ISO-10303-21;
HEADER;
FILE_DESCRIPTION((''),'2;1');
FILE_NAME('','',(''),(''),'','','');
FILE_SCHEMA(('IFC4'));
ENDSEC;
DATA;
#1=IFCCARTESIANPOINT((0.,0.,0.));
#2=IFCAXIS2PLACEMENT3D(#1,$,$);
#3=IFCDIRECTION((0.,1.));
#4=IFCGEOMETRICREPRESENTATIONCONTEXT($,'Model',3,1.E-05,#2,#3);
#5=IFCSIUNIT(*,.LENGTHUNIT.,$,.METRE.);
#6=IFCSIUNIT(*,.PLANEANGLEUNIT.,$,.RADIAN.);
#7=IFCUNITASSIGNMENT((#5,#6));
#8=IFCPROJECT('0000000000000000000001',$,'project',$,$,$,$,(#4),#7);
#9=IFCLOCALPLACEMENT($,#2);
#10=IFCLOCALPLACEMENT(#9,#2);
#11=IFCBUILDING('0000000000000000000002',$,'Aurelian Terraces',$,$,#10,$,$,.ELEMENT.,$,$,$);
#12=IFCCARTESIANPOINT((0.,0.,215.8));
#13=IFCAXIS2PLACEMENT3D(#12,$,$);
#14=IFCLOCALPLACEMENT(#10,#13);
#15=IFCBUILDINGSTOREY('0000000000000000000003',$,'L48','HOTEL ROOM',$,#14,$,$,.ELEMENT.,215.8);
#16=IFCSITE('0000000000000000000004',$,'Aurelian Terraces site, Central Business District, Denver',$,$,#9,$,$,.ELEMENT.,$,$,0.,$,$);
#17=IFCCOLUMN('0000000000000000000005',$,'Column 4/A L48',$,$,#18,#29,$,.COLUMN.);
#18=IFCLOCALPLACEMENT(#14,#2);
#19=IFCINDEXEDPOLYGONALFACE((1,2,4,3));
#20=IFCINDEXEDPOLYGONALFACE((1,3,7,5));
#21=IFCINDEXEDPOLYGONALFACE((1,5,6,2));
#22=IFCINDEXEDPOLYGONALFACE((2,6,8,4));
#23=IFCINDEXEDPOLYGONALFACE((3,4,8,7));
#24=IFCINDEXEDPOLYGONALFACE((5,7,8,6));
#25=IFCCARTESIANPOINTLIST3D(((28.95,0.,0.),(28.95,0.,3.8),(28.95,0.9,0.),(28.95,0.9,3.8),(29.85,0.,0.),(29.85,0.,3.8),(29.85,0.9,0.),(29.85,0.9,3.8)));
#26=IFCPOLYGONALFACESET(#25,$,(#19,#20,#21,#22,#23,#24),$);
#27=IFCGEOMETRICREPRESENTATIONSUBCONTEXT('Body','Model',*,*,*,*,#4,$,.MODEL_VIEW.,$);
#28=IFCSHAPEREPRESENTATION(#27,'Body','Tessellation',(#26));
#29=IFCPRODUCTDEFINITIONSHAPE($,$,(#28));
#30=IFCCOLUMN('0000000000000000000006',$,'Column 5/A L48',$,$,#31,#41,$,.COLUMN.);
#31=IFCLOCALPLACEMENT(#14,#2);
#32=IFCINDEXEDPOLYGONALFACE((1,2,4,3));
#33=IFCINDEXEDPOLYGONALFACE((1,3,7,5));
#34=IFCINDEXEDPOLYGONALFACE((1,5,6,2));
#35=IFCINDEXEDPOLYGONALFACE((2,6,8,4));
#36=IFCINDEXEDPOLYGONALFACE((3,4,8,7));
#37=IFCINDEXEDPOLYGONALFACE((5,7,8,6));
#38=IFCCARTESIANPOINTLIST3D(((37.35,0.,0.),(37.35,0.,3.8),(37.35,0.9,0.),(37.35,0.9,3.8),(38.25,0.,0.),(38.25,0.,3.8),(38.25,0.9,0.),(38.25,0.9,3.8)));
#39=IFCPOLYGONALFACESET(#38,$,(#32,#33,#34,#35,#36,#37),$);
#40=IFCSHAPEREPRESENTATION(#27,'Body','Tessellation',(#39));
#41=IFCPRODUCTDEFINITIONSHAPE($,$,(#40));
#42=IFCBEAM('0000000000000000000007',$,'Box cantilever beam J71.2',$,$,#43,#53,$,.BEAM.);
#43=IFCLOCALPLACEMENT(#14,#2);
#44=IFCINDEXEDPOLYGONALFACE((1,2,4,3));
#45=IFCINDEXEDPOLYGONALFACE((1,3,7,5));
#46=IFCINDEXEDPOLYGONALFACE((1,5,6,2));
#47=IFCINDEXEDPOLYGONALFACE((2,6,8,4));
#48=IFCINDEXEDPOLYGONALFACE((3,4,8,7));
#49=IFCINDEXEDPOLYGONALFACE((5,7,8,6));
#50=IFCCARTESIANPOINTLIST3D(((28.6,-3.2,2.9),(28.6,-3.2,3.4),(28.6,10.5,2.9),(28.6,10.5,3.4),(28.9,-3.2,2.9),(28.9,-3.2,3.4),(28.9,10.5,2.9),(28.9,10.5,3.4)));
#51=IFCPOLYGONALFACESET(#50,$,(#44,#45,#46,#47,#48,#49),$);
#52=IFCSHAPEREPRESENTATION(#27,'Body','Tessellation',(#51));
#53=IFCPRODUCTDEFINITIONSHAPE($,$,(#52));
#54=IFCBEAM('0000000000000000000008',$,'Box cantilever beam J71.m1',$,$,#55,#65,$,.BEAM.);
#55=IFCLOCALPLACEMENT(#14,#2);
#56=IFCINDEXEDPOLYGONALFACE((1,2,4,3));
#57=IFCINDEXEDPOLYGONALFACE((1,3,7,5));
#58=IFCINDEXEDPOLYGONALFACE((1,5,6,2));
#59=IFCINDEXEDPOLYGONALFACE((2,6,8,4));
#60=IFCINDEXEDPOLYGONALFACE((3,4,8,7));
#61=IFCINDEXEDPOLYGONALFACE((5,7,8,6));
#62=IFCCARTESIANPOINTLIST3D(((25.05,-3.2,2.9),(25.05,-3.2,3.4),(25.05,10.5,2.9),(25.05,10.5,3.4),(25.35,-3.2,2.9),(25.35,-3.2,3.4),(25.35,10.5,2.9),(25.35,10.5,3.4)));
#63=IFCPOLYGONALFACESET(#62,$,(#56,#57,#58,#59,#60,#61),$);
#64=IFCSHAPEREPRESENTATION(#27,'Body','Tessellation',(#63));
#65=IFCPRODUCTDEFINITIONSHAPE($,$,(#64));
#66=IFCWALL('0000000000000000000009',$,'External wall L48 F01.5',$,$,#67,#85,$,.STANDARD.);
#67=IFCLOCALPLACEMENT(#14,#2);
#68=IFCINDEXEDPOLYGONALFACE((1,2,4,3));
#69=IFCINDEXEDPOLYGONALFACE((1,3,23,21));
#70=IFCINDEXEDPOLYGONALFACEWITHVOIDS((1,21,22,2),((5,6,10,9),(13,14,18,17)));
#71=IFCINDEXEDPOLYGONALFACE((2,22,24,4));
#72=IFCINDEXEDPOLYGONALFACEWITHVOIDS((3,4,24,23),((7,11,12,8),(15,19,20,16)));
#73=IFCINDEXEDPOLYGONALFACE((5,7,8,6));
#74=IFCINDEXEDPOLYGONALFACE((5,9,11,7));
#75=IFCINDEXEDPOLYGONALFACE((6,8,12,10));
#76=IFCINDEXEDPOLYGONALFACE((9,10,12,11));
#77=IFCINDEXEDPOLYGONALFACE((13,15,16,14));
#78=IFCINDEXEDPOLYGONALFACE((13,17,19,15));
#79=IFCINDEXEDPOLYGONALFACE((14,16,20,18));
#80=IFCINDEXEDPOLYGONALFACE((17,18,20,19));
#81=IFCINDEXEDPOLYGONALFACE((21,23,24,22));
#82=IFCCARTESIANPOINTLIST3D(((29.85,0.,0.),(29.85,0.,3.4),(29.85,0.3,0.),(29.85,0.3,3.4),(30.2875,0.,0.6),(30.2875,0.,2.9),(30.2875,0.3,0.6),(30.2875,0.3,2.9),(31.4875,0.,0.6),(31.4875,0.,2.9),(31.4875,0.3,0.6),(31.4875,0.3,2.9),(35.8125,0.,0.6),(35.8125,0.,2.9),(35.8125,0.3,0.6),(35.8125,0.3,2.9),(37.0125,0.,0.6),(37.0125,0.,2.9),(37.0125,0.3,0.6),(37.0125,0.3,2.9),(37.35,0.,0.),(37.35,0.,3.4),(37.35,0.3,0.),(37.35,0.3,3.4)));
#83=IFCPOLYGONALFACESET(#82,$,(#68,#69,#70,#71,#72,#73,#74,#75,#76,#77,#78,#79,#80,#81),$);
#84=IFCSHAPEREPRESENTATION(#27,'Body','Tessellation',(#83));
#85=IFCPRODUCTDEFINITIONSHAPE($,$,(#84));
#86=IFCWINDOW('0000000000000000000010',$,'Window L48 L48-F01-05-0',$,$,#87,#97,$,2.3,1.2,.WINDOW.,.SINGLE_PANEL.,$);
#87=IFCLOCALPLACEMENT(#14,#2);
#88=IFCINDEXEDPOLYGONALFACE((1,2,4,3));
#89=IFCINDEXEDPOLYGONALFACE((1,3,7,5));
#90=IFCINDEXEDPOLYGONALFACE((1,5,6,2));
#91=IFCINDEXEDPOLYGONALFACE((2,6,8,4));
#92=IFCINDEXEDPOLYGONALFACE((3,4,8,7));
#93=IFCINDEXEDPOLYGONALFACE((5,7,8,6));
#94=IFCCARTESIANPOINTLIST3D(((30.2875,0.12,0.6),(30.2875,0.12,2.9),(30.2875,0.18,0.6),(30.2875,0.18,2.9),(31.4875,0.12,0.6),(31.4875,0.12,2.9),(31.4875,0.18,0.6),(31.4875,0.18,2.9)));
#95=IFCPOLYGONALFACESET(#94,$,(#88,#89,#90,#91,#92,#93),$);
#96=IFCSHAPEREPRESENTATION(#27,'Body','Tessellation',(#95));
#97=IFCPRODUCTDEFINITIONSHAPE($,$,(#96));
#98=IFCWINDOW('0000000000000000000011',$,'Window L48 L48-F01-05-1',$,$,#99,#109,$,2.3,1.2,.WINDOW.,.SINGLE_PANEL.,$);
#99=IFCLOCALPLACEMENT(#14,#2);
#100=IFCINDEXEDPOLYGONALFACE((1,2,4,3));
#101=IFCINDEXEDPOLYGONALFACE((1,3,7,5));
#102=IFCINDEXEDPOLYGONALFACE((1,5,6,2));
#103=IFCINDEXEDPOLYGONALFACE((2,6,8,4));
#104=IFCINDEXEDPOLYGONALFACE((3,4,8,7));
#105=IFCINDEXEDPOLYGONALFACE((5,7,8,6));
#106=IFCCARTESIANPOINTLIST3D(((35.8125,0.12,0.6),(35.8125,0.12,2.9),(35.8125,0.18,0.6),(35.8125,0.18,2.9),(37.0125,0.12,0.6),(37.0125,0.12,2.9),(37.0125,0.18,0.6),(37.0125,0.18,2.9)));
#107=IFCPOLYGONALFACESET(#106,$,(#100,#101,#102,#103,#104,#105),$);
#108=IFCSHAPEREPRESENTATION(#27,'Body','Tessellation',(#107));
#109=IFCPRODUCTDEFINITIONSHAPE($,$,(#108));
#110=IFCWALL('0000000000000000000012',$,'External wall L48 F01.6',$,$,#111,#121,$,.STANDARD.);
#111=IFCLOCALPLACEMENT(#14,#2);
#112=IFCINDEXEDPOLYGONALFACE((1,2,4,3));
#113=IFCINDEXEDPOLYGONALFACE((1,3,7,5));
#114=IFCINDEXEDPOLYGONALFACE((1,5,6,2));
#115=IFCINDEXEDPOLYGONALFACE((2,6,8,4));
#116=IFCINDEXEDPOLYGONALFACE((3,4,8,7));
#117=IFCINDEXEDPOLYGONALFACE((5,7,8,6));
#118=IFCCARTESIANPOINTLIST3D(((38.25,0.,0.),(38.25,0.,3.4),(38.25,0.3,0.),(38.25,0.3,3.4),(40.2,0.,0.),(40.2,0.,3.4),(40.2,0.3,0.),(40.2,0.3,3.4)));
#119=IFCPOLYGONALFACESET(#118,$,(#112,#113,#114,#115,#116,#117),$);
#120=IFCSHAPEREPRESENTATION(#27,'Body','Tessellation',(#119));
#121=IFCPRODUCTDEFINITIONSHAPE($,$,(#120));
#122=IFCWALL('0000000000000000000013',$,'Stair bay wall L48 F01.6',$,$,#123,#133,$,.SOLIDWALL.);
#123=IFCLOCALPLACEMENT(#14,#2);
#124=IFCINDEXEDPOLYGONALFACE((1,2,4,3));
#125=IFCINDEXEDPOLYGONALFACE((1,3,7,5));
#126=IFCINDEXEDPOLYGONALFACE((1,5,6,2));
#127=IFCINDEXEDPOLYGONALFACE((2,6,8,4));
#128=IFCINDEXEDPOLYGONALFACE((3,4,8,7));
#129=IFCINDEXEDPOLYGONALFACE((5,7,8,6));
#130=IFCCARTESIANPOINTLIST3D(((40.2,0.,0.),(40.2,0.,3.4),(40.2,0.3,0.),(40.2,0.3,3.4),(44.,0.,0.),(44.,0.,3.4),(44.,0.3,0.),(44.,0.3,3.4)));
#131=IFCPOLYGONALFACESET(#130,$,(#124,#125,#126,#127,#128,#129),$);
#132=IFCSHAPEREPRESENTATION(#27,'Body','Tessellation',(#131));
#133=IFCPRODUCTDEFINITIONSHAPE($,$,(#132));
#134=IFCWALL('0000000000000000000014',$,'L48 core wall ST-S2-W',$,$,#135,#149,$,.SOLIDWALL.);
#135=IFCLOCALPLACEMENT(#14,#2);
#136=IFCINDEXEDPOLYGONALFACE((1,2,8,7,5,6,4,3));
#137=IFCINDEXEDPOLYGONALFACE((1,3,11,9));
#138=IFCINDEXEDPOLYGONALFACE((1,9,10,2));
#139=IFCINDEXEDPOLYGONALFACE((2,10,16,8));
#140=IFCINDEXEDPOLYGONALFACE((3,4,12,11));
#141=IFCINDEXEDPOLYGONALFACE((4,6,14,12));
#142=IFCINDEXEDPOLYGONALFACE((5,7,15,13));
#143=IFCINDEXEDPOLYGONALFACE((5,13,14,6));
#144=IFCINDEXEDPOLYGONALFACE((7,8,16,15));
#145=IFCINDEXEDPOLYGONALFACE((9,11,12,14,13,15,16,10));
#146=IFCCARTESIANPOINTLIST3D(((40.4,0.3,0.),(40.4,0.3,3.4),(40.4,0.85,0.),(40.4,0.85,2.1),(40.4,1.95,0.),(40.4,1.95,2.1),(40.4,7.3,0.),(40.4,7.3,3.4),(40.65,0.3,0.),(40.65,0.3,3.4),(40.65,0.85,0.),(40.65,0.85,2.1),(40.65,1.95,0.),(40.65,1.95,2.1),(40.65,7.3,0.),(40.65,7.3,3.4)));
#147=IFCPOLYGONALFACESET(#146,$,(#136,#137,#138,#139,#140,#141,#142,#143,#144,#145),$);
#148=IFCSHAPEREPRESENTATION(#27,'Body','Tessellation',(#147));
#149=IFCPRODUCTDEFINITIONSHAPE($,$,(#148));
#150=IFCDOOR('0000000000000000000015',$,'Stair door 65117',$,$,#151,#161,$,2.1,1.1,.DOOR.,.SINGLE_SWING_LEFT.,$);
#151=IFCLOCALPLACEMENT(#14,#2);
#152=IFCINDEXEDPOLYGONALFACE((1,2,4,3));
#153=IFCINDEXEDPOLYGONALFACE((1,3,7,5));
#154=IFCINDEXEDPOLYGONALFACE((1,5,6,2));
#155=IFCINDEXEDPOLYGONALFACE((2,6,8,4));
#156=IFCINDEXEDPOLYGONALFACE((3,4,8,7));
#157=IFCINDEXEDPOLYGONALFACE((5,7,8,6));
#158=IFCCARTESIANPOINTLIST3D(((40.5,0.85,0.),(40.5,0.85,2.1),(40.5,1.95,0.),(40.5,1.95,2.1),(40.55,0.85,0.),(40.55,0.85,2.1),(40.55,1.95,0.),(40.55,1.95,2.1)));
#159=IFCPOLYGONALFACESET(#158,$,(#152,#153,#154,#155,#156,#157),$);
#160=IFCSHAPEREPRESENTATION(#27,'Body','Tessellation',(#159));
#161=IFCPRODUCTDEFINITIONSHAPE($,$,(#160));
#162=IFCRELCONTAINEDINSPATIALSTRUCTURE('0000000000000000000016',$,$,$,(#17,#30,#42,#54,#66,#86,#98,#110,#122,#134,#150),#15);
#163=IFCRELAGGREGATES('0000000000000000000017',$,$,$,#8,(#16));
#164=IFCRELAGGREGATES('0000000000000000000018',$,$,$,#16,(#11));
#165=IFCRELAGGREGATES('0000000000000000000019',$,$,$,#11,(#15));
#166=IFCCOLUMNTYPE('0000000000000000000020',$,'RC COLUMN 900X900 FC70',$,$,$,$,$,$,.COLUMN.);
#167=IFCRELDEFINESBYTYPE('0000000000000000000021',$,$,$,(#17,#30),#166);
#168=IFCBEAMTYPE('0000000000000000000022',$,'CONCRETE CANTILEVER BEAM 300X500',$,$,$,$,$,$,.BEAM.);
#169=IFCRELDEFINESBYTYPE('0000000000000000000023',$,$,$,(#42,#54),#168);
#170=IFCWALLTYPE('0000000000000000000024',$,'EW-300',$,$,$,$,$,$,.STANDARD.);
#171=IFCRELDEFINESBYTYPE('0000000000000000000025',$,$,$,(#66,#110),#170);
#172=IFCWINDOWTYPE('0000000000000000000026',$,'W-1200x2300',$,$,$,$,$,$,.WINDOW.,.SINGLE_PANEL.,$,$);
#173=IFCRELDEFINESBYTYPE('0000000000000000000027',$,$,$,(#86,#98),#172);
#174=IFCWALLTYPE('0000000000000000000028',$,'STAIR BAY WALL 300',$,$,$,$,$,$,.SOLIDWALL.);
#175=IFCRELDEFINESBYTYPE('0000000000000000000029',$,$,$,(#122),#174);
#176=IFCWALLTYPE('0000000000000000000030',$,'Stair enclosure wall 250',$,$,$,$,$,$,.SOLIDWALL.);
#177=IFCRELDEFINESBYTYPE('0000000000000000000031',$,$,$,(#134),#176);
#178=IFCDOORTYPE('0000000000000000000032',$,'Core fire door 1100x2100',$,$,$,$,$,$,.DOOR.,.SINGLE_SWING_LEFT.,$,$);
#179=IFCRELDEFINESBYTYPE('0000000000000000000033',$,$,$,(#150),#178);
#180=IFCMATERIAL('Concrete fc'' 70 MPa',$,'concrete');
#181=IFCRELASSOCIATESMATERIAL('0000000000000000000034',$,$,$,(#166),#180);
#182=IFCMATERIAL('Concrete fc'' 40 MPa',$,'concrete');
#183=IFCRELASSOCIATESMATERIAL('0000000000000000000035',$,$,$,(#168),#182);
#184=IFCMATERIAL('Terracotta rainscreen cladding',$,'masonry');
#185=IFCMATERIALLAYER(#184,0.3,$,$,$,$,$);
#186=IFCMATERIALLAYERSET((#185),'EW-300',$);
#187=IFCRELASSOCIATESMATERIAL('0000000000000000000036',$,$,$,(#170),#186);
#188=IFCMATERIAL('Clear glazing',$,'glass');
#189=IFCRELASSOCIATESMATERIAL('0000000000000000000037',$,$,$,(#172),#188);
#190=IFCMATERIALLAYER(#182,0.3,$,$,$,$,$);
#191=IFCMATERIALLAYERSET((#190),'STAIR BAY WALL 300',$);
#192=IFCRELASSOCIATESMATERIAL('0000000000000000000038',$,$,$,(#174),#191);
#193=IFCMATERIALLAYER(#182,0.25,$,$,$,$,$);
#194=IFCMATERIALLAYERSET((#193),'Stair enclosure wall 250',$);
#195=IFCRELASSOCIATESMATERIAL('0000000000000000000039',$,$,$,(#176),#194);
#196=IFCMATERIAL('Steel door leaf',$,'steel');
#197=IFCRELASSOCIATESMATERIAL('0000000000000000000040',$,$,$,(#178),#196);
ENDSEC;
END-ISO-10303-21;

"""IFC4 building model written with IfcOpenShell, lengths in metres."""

from ifc_helpers import new_model, si_unit, direction, frame, frame_2d, origin, origin_2d, place, context, subcontext, project, spatial, rectangle, extrude, source, transform, mapped, material, layer, layer_set, material_profile, profile_set, type_object, element, fill, save


model = new_model("IFC4")

# Units and contexts
model_context = context("Model", 3, precision=1e-05, world=origin(), true_north=direction((0.0, 1.0)))
body_context = subcontext(model_context, "Body", "Model", "MODEL_VIEW")
ifc_project = project(units=[si_unit("LENGTHUNIT", "METRE"), si_unit("PLANEANGLEUNIT", "RADIAN")], contexts=[model_context])

# Site, building, storey
site_placement = place(None, origin())
site = spatial("IfcSite", under=ifc_project, at=site_placement, Name="Aurelian Terraces site, Central Business District, Denver", CompositionType="ELEMENT", RefElevation=0.0)
building_placement = place(site_placement, origin())
building = spatial("IfcBuilding", under=site, at=building_placement, Name="Aurelian Terraces", CompositionType="ELEMENT")
storey_placement = place(building_placement, frame((0.0, 0.0, 215.8)))
storey = spatial("IfcBuildingStorey", under=building, at=storey_placement, Name="L48", Description="HOTEL ROOM", CompositionType="ELEMENT", Elevation=215.8)

# Columns
ifc_material_1 = material(Name="Concrete fc' 70 MPa", Category="concrete")
ifc_material_profile_1 = material_profile(ifc_material_1, rectangle(XDim=0.9, YDim=0.9, at=origin_2d()))
ifc_profile_set_1 = profile_set([ifc_material_profile_1], Name="Concrete fc' 70 MPa")
column_type = type_object("IfcColumnType", Name="RC COLUMN 900X900 FC70", PredefinedType="COLUMN", material=ifc_profile_set_1)
shared_shape_1 = source(origin(), body_context, "Body", "SweptSolid", [
    extrude(rectangle(XDim=0.9, YDim=0.9, at=origin_2d()), origin(), (0.0, 0.0, 1.0), 3.8),
])
for number, where, z_axis, x_axis, name in (
    (1, (29.4, 0.45, 0.0), (0.0, 0.0, 1.0), (1.0, 0.0, 0.0), "Column 4/A L48"),
    (2, (37.8, 0.45, 0.0), (0.0, 0.0, 1.0), (1.0, 0.0, 0.0), "Column 5/A L48"),
):
    element("IfcColumn", number, at=place(storey_placement, frame(where, z_axis=z_axis, x_axis=x_axis)), inside=storey, type_object=column_type, Name=name, PredefinedType="COLUMN", context=body_context, shape_type="MappedRepresentation", body=[
        mapped(shared_shape_1, transform((0.0, 0.0, 0.0), scale=1.0)),
    ])

# Beams
ifc_material_2 = material(Name="Concrete fc' 40 MPa", Category="concrete")
ifc_material_profile_2 = material_profile(ifc_material_2, rectangle(XDim=0.3, YDim=0.5, at=origin_2d()))
ifc_profile_set_2 = profile_set([ifc_material_profile_2], Name="Concrete fc' 40 MPa")
beam_type = type_object("IfcBeamType", Name="CONCRETE CANTILEVER BEAM 300X500", PredefinedType="BEAM", material=ifc_profile_set_2)
shared_shape_2 = source(origin(), body_context, "Body", "SweptSolid", [
    extrude(rectangle(XDim=0.3, YDim=0.5, at=origin_2d()), origin(), (0.0, 0.0, 1.0), 13.7),
])
for number, where, z_axis, x_axis, name in (
    (3, (28.75, -3.2, 3.15), (0.0, 1.0, 0.0), (-1.0, 0.0, 0.0), "Box cantilever beam J71.2"),
    (4, (25.2, -3.2, 3.15), (0.0, 1.0, 0.0), (-1.0, 0.0, 0.0), "Box cantilever beam J71.m1"),
):
    element("IfcBeam", number, at=place(storey_placement, frame(where, z_axis=z_axis, x_axis=x_axis)), inside=storey, type_object=beam_type, Name=name, PredefinedType="BEAM", context=body_context, shape_type="MappedRepresentation", body=[
        mapped(shared_shape_2, transform((0.0, 0.0, 0.0), scale=1.0)),
    ])

# Wall, openings, windows
ifc_material_3 = material(Name="Terracotta rainscreen cladding", Category="masonry")
ifc_layer_1 = layer(ifc_material_3, 0.3)
ifc_layer_set_1 = layer_set([ifc_layer_1], Name="EW-300")
wall_type_1 = type_object("IfcWallType", Name="EW-300", PredefinedType="STANDARD", material=ifc_layer_set_1)
shared_shape_3 = source(origin(), body_context, "Body", "SweptSolid", [
    extrude(rectangle(XDim=7.5, YDim=0.3, at=frame_2d((3.75, 0.0))), origin(), (0.0, 0.0, 1.0), 3.4),
])
wall_1_placement = place(storey_placement, frame((29.85, 0.15, 0.0), z_axis=(0.0, 0.0, 1.0), x_axis=(1.0, 0.0, 0.0)))
wall_1 = element("IfcWall", 5, at=wall_1_placement, inside=storey, type_object=wall_type_1, Name="External wall L48 F01.5", PredefinedType="STANDARD", context=body_context, shape_type="MappedRepresentation", body=[
    mapped(shared_shape_3, transform((0.0, 0.0, 0.0), scale=1.0)),
])
shared_shape_4 = source(origin(), body_context, "Body", "SweptSolid", [
    extrude(rectangle(XDim=1.2, YDim=2.3, at=frame_2d((0.6, 1.15))), frame((0.0, 0.16, 0.0), z_axis=(0.0, -1.0, 0.0), x_axis=(1.0, 0.0, 0.0)), (0.0, 0.0, 1.0), 0.32),
])
opening_1_placement = place(wall_1_placement, frame((0.4375, 0.0, 0.6)))
opening_1 = element("IfcOpeningElement", 6, at=opening_1_placement, cuts=wall_1, PredefinedType="OPENING", context=body_context, shape_type="MappedRepresentation", body=[
    mapped(shared_shape_4, transform((0.0, 0.0, 0.0), scale=1.0)),
])
opening_2_placement = place(wall_1_placement, frame((5.9625, 0.0, 0.6)))
opening_2 = element("IfcOpeningElement", 7, at=opening_2_placement, cuts=wall_1, PredefinedType="OPENING", context=body_context, shape_type="MappedRepresentation", body=[
    mapped(shared_shape_4, transform((0.0, 0.0, 0.0), scale=1.0)),
])
ifc_material_4 = material(Name="Clear glazing", Category="glass")
window_type = type_object("IfcWindowType", Name="W-1200x2300", PartitioningType="SINGLE_PANEL", PredefinedType="WINDOW", material=ifc_material_4)
shared_shape_5 = source(origin(), body_context, "Body", "SweptSolid", [
    extrude(rectangle(XDim=1.2, YDim=2.3, at=frame_2d((0.6, 1.15))), frame((0.0, 0.03, 0.0), z_axis=(0.0, -1.0, 0.0), x_axis=(1.0, 0.0, 0.0)), (0.0, 0.0, 1.0), 0.06),
])
window_1_placement = place(opening_1_placement, origin())
window_1 = element("IfcWindow", 8, at=window_1_placement, inside=storey, type_object=window_type, Name="Window L48 L48-F01-05-0", OverallHeight=2.3, OverallWidth=1.2, PartitioningType="SINGLE_PANEL", PredefinedType="WINDOW", context=body_context, shape_type="MappedRepresentation", body=[
    mapped(shared_shape_5, transform((0.0, 0.0, 0.0), scale=1.0)),
])
fill(opening_1, window_1)
window_2_placement = place(opening_2_placement, origin())
window_2 = element("IfcWindow", 9, at=window_2_placement, inside=storey, type_object=window_type, Name="Window L48 L48-F01-05-1", OverallHeight=2.3, OverallWidth=1.2, PartitioningType="SINGLE_PANEL", PredefinedType="WINDOW", context=body_context, shape_type="MappedRepresentation", body=[
    mapped(shared_shape_5, transform((0.0, 0.0, 0.0), scale=1.0)),
])
fill(opening_2, window_2)

# Walls
shared_shape_6 = source(origin(), body_context, "Body", "SweptSolid", [
    extrude(rectangle(XDim=1.95, YDim=0.3, at=frame_2d((0.975, 0.0))), origin(), (0.0, 0.0, 1.0), 3.4),
])
wall_2_placement = place(storey_placement, frame((38.25, 0.15, 0.0), z_axis=(0.0, 0.0, 1.0), x_axis=(1.0, 0.0, 0.0)))
element("IfcWall", 10, at=wall_2_placement, inside=storey, type_object=wall_type_1, Name="External wall L48 F01.6", PredefinedType="STANDARD", context=body_context, shape_type="MappedRepresentation", body=[
    mapped(shared_shape_6, transform((0.0, 0.0, 0.0), scale=1.0)),
])
ifc_layer_2 = layer(ifc_material_2, 0.3)
ifc_layer_set_2 = layer_set([ifc_layer_2], Name="STAIR BAY WALL 300")
wall_type_2 = type_object("IfcWallType", Name="STAIR BAY WALL 300", PredefinedType="SOLIDWALL", material=ifc_layer_set_2)
shared_shape_7 = source(origin(), body_context, "Body", "SweptSolid", [
    extrude(rectangle(XDim=3.8, YDim=0.3, at=frame_2d((1.9, 0.0))), origin(), (0.0, 0.0, 1.0), 3.4),
])
wall_3_placement = place(storey_placement, frame((40.2, 0.15, 0.0), z_axis=(0.0, 0.0, 1.0), x_axis=(1.0, 0.0, 0.0)))
element("IfcWall", 11, at=wall_3_placement, inside=storey, type_object=wall_type_2, Name="Stair bay wall L48 F01.6", PredefinedType="SOLIDWALL", context=body_context, shape_type="MappedRepresentation", body=[
    mapped(shared_shape_7, transform((0.0, 0.0, 0.0), scale=1.0)),
])

# Wall, opening, door
ifc_layer_3 = layer(ifc_material_2, 0.25)
ifc_layer_set_3 = layer_set([ifc_layer_3], Name="Stair enclosure wall 250")
wall_type_3 = type_object("IfcWallType", Name="Stair enclosure wall 250", PredefinedType="SOLIDWALL", material=ifc_layer_set_3)
shared_shape_8 = source(origin(), body_context, "Body", "SweptSolid", [
    extrude(rectangle(XDim=7.0, YDim=0.25, at=frame_2d((3.5, 0.0))), origin(), (0.0, 0.0, 1.0), 3.4),
])
wall_4_placement = place(storey_placement, frame((40.525, 0.3, 0.0), z_axis=(0.0, 0.0, 1.0), x_axis=(0.0, 1.0, 0.0)))
wall_4 = element("IfcWall", 12, at=wall_4_placement, inside=storey, type_object=wall_type_3, Name="L48 core wall ST-S2-W", PredefinedType="SOLIDWALL", context=body_context, shape_type="MappedRepresentation", body=[
    mapped(shared_shape_8, transform((0.0, 0.0, 0.0), scale=1.0)),
])
shared_shape_9 = source(origin(), body_context, "Body", "SweptSolid", [
    extrude(rectangle(XDim=1.1, YDim=2.1, at=frame_2d((0.55, 1.05))), frame((0.0, 0.135, 0.0), z_axis=(0.0, -1.0, 0.0), x_axis=(1.0, 0.0, 0.0)), (0.0, 0.0, 1.0), 0.27),
])
opening_3_placement = place(wall_4_placement, frame((0.55, 0.0, 0.0)))
opening_3 = element("IfcOpeningElement", 13, at=opening_3_placement, cuts=wall_4, PredefinedType="OPENING", context=body_context, shape_type="MappedRepresentation", body=[
    mapped(shared_shape_9, transform((0.0, 0.0, 0.0), scale=1.0)),
])
ifc_material_5 = material(Name="Steel door leaf", Category="steel")
door_type = type_object("IfcDoorType", Name="Core fire door 1100x2100", OperationType="SINGLE_SWING_LEFT", PredefinedType="DOOR", material=ifc_material_5)
shared_shape_10 = source(origin(), body_context, "Body", "SweptSolid", [
    extrude(rectangle(XDim=1.1, YDim=2.1, at=frame_2d((0.55, 1.05))), frame((0.0, 0.025, 0.0), z_axis=(0.0, -1.0, 0.0), x_axis=(1.0, 0.0, 0.0)), (0.0, 0.0, 1.0), 0.05),
])
door_placement = place(opening_3_placement, origin())
door = element("IfcDoor", 14, at=door_placement, inside=storey, type_object=door_type, Name="Stair door 65117", OperationType="SINGLE_SWING_LEFT", OverallHeight=2.1, OverallWidth=1.1, PredefinedType="DOOR", context=body_context, shape_type="MappedRepresentation", body=[
    mapped(shared_shape_10, transform((0.0, 0.0, 0.0), scale=1.0)),
])
fill(opening_3, door)

save(model, "model.ifc")
